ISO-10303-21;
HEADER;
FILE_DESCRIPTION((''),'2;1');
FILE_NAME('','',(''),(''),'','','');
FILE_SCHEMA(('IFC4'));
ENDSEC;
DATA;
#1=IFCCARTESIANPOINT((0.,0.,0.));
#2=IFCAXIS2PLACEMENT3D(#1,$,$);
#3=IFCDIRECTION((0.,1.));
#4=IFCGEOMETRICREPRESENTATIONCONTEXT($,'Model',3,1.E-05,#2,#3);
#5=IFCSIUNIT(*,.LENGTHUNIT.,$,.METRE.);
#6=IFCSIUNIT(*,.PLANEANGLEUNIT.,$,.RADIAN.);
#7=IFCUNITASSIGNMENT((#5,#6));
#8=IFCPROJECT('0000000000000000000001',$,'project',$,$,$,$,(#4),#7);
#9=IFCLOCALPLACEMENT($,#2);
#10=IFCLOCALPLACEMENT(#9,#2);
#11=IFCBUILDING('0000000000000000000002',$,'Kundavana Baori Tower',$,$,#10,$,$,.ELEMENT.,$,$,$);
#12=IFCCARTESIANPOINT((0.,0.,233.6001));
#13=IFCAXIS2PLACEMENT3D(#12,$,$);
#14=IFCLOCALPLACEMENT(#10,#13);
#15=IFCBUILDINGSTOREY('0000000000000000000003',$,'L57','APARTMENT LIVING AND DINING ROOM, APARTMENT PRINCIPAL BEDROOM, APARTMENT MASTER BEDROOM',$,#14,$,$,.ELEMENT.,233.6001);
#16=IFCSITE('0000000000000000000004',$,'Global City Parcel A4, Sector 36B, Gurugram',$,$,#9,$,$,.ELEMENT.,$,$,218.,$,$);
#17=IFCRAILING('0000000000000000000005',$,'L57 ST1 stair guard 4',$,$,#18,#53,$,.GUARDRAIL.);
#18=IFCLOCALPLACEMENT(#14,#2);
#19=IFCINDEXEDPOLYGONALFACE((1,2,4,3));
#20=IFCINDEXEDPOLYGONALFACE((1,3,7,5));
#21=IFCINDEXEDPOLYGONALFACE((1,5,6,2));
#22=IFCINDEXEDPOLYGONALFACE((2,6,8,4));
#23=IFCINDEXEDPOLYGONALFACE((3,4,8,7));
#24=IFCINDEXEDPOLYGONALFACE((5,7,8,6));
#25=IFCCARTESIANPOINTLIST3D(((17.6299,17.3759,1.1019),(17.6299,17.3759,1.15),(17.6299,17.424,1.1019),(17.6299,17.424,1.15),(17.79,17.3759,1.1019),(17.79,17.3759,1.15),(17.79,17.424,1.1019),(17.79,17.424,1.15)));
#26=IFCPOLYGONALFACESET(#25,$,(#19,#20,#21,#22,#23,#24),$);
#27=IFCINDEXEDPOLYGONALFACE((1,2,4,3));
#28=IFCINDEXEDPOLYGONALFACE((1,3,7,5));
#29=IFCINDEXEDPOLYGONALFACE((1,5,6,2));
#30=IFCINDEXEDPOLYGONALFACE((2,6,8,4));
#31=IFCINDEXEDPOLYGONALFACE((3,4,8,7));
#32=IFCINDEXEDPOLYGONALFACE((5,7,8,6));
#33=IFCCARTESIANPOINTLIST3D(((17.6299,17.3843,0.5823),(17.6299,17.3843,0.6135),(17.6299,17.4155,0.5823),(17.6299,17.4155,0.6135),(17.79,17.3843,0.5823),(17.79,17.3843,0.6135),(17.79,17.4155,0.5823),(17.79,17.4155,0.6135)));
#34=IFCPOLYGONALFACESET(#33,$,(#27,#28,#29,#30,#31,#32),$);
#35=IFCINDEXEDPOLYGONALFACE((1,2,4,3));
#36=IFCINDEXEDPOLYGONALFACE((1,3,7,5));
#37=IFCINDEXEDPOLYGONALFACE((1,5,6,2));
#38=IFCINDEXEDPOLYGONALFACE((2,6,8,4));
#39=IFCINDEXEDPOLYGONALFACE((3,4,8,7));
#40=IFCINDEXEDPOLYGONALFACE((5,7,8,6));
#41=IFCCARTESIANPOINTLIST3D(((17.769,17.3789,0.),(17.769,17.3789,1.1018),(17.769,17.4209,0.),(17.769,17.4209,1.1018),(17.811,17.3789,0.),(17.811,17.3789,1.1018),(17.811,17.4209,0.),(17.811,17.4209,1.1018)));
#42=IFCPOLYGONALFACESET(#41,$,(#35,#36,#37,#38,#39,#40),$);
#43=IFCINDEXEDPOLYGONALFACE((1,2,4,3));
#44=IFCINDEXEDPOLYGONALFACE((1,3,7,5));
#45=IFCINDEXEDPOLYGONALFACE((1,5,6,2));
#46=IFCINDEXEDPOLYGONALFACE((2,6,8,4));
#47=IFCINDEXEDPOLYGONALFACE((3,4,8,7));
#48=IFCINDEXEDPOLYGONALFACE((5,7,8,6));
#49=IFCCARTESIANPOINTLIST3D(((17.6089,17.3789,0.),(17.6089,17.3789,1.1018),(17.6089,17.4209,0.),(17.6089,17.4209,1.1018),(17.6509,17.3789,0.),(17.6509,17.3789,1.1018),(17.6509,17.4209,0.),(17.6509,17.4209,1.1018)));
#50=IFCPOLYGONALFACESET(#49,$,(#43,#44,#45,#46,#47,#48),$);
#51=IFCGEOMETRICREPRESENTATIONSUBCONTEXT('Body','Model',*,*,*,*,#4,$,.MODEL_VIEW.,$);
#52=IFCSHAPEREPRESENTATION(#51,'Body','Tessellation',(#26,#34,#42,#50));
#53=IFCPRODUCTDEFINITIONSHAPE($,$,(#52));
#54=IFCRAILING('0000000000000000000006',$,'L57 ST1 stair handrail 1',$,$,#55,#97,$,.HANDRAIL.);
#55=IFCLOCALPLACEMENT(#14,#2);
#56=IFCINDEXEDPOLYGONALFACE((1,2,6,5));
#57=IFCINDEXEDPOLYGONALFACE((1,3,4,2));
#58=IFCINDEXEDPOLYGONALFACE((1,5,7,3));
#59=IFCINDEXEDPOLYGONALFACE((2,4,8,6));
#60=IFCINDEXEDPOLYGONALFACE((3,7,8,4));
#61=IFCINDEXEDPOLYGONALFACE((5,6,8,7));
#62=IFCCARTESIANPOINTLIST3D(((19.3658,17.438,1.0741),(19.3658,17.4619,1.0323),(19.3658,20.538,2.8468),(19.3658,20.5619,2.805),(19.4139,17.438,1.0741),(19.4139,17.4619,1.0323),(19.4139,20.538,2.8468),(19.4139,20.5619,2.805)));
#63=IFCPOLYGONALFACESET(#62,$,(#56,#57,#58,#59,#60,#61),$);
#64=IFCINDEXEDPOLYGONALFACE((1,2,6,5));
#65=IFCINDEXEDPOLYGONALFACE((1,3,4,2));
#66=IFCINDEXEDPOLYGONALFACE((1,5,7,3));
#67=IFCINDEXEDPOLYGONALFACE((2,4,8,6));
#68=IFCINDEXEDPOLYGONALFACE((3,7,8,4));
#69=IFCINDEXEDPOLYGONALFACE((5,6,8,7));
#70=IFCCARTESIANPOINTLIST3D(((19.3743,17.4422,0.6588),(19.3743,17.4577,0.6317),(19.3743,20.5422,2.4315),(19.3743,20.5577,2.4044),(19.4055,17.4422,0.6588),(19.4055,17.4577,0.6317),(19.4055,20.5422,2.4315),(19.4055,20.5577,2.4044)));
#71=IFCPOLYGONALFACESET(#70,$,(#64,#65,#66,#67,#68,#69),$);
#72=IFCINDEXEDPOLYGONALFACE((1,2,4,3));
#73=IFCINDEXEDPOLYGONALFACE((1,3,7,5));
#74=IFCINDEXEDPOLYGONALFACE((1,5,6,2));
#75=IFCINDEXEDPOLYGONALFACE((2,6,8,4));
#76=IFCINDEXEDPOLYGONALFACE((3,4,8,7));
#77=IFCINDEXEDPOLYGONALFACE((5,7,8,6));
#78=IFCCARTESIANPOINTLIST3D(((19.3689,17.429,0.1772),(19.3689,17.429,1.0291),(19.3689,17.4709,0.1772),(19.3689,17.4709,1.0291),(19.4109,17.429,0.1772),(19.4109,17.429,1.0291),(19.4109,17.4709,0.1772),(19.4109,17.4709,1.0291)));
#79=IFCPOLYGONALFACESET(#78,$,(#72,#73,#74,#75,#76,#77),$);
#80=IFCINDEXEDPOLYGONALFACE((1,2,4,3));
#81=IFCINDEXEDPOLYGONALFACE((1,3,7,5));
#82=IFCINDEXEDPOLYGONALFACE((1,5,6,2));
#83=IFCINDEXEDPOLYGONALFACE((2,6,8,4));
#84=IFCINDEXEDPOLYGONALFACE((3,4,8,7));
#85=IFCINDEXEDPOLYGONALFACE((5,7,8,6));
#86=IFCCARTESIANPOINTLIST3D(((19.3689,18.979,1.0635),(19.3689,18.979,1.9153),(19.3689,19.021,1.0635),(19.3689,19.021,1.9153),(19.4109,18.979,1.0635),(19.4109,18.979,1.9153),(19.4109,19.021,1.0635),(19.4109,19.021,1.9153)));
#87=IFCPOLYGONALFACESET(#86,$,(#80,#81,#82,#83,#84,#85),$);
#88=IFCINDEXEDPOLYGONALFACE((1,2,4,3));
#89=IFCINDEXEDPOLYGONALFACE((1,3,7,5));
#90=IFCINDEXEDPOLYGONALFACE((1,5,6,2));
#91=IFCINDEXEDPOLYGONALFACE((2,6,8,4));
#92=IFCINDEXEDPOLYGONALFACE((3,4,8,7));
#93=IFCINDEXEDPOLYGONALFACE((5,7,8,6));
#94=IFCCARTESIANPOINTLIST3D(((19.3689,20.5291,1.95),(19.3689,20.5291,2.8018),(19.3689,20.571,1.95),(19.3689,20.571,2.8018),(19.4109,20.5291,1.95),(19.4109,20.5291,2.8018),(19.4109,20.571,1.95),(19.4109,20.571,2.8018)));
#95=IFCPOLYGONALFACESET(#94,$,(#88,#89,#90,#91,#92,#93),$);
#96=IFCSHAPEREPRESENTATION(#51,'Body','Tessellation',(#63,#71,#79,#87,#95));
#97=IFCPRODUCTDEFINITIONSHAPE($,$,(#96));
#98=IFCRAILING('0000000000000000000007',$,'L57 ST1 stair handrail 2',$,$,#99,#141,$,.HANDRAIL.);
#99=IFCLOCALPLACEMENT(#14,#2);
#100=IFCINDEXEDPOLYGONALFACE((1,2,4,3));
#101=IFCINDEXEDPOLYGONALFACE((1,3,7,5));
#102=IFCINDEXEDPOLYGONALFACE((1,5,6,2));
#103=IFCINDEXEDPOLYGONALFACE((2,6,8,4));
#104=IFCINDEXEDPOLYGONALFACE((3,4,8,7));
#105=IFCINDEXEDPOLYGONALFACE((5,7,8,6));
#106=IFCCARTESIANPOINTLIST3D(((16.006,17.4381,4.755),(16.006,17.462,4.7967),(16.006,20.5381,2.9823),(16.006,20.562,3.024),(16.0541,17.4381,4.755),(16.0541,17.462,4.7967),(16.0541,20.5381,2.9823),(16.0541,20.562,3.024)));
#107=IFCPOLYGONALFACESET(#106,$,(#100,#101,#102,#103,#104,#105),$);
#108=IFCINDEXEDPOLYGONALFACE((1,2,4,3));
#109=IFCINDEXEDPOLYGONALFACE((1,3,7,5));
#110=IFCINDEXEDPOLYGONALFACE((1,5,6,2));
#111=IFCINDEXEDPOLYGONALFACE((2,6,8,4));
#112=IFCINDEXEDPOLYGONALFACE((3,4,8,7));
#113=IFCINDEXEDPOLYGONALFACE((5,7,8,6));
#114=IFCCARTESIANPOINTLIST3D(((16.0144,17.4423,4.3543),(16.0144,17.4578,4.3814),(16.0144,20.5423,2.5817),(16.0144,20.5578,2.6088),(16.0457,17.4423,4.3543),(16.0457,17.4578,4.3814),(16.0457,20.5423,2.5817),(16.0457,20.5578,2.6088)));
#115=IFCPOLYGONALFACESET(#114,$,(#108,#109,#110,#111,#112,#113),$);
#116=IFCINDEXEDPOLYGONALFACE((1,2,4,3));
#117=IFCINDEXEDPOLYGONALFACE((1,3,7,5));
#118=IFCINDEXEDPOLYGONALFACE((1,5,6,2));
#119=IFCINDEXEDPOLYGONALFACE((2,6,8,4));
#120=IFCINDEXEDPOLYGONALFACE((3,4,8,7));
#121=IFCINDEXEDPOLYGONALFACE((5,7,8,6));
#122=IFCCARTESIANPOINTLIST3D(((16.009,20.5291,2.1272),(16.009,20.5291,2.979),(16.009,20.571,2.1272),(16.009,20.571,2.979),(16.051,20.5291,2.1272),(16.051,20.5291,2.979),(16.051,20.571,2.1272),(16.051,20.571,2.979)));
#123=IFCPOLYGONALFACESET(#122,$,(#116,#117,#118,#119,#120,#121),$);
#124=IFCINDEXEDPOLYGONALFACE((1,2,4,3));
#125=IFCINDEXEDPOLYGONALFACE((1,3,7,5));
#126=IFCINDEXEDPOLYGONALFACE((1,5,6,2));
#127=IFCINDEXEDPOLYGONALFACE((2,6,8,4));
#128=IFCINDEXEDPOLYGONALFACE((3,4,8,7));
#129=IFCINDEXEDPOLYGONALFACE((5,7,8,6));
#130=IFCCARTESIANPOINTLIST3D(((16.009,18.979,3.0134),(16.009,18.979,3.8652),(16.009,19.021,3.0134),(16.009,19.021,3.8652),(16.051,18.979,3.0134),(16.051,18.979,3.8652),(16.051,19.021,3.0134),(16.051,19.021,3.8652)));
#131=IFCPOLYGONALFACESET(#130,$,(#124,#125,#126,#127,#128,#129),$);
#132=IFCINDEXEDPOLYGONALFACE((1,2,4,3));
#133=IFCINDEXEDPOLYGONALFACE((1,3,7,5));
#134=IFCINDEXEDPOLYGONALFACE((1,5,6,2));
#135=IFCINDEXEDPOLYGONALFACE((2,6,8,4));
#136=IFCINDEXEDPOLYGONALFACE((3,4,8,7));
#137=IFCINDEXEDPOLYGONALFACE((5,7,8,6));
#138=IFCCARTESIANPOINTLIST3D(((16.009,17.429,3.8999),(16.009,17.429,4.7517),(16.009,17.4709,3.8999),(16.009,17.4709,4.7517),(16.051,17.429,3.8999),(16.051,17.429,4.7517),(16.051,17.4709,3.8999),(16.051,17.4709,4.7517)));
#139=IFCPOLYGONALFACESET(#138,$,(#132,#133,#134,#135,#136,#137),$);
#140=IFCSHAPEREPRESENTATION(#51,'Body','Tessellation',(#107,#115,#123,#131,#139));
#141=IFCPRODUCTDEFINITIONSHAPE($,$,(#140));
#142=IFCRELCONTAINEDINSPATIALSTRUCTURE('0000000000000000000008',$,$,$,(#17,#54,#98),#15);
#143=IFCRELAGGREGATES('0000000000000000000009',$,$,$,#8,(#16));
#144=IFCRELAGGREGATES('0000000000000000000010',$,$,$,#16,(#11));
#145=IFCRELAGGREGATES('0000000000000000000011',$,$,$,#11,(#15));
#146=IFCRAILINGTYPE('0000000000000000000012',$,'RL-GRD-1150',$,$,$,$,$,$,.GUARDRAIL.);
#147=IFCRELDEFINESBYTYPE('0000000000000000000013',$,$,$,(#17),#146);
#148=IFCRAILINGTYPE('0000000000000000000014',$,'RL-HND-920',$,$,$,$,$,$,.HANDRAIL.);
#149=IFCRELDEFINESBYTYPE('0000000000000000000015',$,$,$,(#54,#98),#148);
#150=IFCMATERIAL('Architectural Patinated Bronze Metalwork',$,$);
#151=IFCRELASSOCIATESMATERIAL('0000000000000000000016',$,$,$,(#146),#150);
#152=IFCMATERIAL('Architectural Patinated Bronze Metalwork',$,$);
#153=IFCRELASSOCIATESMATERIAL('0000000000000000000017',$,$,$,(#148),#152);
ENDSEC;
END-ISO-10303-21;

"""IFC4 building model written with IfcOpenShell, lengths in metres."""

from ifc_helpers import new_model, si_unit, direction, frame, origin, origin_2d, place, context, subcontext, project, spatial, rectangle, extrude, material, type_object, element, save


model = new_model("IFC4")

# Units and contexts
model_context = context("Model", 3, precision=1e-05, world=origin(), true_north=direction((0.0, 1.0)))
body_context = subcontext(model_context, "Body", "Model", "MODEL_VIEW")
ifc_project = project(units=[si_unit("LENGTHUNIT", "METRE"), si_unit("PLANEANGLEUNIT", "RADIAN")], contexts=[model_context])

# Site, building, storey
site_placement = place(None, origin())
site = spatial("IfcSite", under=ifc_project, at=site_placement, Name="Global City Parcel A4, Sector 36B, Gurugram", CompositionType="ELEMENT", RefElevation=218.0)
building_placement = place(site_placement, origin())
building = spatial("IfcBuilding", under=site, at=building_placement, Name="Kundavana Baori Tower", CompositionType="ELEMENT")
storey_placement = place(building_placement, frame((0.0, 0.0, 233.6001)))
storey = spatial("IfcBuildingStorey", under=building, at=storey_placement, Name="L57", Description="APARTMENT LIVING AND DINING ROOM, APARTMENT PRINCIPAL BEDROOM, APARTMENT MASTER BEDROOM", CompositionType="ELEMENT", Elevation=233.6001)

# Railings
ifc_material_1 = material(Name="Architectural Patinated Bronze Metalwork")
railing_type_1 = type_object("IfcRailingType", Name="RL-GRD-1150", PredefinedType="GUARDRAIL", material=ifc_material_1)
railing_1_placement = place(storey_placement, frame((17.79, 17.3999, 0.0)))
element("IfcRailing", 1, at=railing_1_placement, inside=storey, type_object=railing_type_1, Name="L57 ST1 stair guard 4", PredefinedType="GUARDRAIL", context=body_context, shape_type="SweptSolid", body=[
    extrude(rectangle(XDim=0.0481, YDim=0.0481, at=origin_2d()), frame((0.0, 0.0, 1.126), z_axis=(-1.0, 0.0, 0.0), x_axis=(0.0, -1.0, 0.0)), (0.0, 0.0, 1.0), 0.1602),
    extrude(rectangle(XDim=0.0312, YDim=0.0312, at=origin_2d()), frame((0.0, 0.0, 0.5979), z_axis=(-1.0, 0.0, 0.0), x_axis=(0.0, -1.0, 0.0)), (0.0, 0.0, 1.0), 0.1602),
    extrude(rectangle(XDim=0.042, YDim=0.042, at=origin_2d()), origin(), (0.0, 0.0, 1.0), 1.1018),
    extrude(rectangle(XDim=0.042, YDim=0.042, at=origin_2d()), frame((-0.1602, 0.0, 0.0)), (0.0, 0.0, 1.0), 1.1018),
])
ifc_material_2 = material(Name="Architectural Patinated Bronze Metalwork")
railing_type_2 = type_object("IfcRailingType", Name="RL-HND-920", PredefinedType="HANDRAIL", material=ifc_material_2)
railing_2_placement = place(storey_placement, frame((19.3899, 17.45, 0.1772)))
element("IfcRailing", 2, at=railing_2_placement, inside=storey, type_object=railing_type_2, Name="L57 ST1 stair handrail 1", PredefinedType="HANDRAIL", context=body_context, shape_type="SweptSolid", body=[
    extrude(rectangle(XDim=0.0481, YDim=0.0481, at=origin_2d()), frame((0.0, 0.0, 0.876), z_axis=(0.0, 0.868096, 0.496397), x_axis=(-1.0, 0.0, 0.0)), (0.0, 0.0, 1.0), 3.571),
    extrude(rectangle(XDim=0.0312, YDim=0.0312, at=origin_2d()), frame((0.0, 0.0, 0.468), z_axis=(0.0, 0.868096, 0.496397), x_axis=(-1.0, 0.0, 0.0)), (0.0, 0.0, 1.0), 3.571),
    extrude(rectangle(XDim=0.042, YDim=0.042, at=origin_2d()), origin(), (0.0, 0.0, 1.0), 0.8518),
    extrude(rectangle(XDim=0.042, YDim=0.042, at=origin_2d()), frame((0.0, 1.55, 0.8862)), (0.0, 0.0, 1.0), 0.8518),
    extrude(rectangle(XDim=0.042, YDim=0.042, at=origin_2d()), frame((0.0, 3.1001, 1.7727)), (0.0, 0.0, 1.0), 0.8518),
])
railing_3_placement = place(storey_placement, frame((16.03, 20.55, 2.1272)))
element("IfcRailing", 3, at=railing_3_placement, inside=storey, type_object=railing_type_2, Name="L57 ST1 stair handrail 2", PredefinedType="HANDRAIL", context=body_context, shape_type="SweptSolid", body=[
    extrude(rectangle(XDim=0.0481, YDim=0.0481, at=origin_2d()), frame((0.0, 0.0, 0.876), z_axis=(0.0, -0.868096, 0.496397), x_axis=(1.0, 0.0, 0.0)), (0.0, 0.0, 1.0), 3.571),
    extrude(rectangle(XDim=0.0312, YDim=0.0312, at=origin_2d()), frame((0.0, 0.0, 0.468), z_axis=(0.0, -0.868096, 0.496397), x_axis=(1.0, 0.0, 0.0)), (0.0, 0.0, 1.0), 3.571),
    extrude(rectangle(XDim=0.042, YDim=0.042, at=origin_2d()), origin(), (0.0, 0.0, 1.0), 0.8518),
    extrude(rectangle(XDim=0.042, YDim=0.042, at=origin_2d()), frame((0.0, -1.55, 0.8862)), (0.0, 0.0, 1.0), 0.8518),
    extrude(rectangle(XDim=0.042, YDim=0.042, at=origin_2d()), frame((0.0, -3.1001, 1.7727)), (0.0, 0.0, 1.0), 0.8518),
])

save(model, "model.ifc")
